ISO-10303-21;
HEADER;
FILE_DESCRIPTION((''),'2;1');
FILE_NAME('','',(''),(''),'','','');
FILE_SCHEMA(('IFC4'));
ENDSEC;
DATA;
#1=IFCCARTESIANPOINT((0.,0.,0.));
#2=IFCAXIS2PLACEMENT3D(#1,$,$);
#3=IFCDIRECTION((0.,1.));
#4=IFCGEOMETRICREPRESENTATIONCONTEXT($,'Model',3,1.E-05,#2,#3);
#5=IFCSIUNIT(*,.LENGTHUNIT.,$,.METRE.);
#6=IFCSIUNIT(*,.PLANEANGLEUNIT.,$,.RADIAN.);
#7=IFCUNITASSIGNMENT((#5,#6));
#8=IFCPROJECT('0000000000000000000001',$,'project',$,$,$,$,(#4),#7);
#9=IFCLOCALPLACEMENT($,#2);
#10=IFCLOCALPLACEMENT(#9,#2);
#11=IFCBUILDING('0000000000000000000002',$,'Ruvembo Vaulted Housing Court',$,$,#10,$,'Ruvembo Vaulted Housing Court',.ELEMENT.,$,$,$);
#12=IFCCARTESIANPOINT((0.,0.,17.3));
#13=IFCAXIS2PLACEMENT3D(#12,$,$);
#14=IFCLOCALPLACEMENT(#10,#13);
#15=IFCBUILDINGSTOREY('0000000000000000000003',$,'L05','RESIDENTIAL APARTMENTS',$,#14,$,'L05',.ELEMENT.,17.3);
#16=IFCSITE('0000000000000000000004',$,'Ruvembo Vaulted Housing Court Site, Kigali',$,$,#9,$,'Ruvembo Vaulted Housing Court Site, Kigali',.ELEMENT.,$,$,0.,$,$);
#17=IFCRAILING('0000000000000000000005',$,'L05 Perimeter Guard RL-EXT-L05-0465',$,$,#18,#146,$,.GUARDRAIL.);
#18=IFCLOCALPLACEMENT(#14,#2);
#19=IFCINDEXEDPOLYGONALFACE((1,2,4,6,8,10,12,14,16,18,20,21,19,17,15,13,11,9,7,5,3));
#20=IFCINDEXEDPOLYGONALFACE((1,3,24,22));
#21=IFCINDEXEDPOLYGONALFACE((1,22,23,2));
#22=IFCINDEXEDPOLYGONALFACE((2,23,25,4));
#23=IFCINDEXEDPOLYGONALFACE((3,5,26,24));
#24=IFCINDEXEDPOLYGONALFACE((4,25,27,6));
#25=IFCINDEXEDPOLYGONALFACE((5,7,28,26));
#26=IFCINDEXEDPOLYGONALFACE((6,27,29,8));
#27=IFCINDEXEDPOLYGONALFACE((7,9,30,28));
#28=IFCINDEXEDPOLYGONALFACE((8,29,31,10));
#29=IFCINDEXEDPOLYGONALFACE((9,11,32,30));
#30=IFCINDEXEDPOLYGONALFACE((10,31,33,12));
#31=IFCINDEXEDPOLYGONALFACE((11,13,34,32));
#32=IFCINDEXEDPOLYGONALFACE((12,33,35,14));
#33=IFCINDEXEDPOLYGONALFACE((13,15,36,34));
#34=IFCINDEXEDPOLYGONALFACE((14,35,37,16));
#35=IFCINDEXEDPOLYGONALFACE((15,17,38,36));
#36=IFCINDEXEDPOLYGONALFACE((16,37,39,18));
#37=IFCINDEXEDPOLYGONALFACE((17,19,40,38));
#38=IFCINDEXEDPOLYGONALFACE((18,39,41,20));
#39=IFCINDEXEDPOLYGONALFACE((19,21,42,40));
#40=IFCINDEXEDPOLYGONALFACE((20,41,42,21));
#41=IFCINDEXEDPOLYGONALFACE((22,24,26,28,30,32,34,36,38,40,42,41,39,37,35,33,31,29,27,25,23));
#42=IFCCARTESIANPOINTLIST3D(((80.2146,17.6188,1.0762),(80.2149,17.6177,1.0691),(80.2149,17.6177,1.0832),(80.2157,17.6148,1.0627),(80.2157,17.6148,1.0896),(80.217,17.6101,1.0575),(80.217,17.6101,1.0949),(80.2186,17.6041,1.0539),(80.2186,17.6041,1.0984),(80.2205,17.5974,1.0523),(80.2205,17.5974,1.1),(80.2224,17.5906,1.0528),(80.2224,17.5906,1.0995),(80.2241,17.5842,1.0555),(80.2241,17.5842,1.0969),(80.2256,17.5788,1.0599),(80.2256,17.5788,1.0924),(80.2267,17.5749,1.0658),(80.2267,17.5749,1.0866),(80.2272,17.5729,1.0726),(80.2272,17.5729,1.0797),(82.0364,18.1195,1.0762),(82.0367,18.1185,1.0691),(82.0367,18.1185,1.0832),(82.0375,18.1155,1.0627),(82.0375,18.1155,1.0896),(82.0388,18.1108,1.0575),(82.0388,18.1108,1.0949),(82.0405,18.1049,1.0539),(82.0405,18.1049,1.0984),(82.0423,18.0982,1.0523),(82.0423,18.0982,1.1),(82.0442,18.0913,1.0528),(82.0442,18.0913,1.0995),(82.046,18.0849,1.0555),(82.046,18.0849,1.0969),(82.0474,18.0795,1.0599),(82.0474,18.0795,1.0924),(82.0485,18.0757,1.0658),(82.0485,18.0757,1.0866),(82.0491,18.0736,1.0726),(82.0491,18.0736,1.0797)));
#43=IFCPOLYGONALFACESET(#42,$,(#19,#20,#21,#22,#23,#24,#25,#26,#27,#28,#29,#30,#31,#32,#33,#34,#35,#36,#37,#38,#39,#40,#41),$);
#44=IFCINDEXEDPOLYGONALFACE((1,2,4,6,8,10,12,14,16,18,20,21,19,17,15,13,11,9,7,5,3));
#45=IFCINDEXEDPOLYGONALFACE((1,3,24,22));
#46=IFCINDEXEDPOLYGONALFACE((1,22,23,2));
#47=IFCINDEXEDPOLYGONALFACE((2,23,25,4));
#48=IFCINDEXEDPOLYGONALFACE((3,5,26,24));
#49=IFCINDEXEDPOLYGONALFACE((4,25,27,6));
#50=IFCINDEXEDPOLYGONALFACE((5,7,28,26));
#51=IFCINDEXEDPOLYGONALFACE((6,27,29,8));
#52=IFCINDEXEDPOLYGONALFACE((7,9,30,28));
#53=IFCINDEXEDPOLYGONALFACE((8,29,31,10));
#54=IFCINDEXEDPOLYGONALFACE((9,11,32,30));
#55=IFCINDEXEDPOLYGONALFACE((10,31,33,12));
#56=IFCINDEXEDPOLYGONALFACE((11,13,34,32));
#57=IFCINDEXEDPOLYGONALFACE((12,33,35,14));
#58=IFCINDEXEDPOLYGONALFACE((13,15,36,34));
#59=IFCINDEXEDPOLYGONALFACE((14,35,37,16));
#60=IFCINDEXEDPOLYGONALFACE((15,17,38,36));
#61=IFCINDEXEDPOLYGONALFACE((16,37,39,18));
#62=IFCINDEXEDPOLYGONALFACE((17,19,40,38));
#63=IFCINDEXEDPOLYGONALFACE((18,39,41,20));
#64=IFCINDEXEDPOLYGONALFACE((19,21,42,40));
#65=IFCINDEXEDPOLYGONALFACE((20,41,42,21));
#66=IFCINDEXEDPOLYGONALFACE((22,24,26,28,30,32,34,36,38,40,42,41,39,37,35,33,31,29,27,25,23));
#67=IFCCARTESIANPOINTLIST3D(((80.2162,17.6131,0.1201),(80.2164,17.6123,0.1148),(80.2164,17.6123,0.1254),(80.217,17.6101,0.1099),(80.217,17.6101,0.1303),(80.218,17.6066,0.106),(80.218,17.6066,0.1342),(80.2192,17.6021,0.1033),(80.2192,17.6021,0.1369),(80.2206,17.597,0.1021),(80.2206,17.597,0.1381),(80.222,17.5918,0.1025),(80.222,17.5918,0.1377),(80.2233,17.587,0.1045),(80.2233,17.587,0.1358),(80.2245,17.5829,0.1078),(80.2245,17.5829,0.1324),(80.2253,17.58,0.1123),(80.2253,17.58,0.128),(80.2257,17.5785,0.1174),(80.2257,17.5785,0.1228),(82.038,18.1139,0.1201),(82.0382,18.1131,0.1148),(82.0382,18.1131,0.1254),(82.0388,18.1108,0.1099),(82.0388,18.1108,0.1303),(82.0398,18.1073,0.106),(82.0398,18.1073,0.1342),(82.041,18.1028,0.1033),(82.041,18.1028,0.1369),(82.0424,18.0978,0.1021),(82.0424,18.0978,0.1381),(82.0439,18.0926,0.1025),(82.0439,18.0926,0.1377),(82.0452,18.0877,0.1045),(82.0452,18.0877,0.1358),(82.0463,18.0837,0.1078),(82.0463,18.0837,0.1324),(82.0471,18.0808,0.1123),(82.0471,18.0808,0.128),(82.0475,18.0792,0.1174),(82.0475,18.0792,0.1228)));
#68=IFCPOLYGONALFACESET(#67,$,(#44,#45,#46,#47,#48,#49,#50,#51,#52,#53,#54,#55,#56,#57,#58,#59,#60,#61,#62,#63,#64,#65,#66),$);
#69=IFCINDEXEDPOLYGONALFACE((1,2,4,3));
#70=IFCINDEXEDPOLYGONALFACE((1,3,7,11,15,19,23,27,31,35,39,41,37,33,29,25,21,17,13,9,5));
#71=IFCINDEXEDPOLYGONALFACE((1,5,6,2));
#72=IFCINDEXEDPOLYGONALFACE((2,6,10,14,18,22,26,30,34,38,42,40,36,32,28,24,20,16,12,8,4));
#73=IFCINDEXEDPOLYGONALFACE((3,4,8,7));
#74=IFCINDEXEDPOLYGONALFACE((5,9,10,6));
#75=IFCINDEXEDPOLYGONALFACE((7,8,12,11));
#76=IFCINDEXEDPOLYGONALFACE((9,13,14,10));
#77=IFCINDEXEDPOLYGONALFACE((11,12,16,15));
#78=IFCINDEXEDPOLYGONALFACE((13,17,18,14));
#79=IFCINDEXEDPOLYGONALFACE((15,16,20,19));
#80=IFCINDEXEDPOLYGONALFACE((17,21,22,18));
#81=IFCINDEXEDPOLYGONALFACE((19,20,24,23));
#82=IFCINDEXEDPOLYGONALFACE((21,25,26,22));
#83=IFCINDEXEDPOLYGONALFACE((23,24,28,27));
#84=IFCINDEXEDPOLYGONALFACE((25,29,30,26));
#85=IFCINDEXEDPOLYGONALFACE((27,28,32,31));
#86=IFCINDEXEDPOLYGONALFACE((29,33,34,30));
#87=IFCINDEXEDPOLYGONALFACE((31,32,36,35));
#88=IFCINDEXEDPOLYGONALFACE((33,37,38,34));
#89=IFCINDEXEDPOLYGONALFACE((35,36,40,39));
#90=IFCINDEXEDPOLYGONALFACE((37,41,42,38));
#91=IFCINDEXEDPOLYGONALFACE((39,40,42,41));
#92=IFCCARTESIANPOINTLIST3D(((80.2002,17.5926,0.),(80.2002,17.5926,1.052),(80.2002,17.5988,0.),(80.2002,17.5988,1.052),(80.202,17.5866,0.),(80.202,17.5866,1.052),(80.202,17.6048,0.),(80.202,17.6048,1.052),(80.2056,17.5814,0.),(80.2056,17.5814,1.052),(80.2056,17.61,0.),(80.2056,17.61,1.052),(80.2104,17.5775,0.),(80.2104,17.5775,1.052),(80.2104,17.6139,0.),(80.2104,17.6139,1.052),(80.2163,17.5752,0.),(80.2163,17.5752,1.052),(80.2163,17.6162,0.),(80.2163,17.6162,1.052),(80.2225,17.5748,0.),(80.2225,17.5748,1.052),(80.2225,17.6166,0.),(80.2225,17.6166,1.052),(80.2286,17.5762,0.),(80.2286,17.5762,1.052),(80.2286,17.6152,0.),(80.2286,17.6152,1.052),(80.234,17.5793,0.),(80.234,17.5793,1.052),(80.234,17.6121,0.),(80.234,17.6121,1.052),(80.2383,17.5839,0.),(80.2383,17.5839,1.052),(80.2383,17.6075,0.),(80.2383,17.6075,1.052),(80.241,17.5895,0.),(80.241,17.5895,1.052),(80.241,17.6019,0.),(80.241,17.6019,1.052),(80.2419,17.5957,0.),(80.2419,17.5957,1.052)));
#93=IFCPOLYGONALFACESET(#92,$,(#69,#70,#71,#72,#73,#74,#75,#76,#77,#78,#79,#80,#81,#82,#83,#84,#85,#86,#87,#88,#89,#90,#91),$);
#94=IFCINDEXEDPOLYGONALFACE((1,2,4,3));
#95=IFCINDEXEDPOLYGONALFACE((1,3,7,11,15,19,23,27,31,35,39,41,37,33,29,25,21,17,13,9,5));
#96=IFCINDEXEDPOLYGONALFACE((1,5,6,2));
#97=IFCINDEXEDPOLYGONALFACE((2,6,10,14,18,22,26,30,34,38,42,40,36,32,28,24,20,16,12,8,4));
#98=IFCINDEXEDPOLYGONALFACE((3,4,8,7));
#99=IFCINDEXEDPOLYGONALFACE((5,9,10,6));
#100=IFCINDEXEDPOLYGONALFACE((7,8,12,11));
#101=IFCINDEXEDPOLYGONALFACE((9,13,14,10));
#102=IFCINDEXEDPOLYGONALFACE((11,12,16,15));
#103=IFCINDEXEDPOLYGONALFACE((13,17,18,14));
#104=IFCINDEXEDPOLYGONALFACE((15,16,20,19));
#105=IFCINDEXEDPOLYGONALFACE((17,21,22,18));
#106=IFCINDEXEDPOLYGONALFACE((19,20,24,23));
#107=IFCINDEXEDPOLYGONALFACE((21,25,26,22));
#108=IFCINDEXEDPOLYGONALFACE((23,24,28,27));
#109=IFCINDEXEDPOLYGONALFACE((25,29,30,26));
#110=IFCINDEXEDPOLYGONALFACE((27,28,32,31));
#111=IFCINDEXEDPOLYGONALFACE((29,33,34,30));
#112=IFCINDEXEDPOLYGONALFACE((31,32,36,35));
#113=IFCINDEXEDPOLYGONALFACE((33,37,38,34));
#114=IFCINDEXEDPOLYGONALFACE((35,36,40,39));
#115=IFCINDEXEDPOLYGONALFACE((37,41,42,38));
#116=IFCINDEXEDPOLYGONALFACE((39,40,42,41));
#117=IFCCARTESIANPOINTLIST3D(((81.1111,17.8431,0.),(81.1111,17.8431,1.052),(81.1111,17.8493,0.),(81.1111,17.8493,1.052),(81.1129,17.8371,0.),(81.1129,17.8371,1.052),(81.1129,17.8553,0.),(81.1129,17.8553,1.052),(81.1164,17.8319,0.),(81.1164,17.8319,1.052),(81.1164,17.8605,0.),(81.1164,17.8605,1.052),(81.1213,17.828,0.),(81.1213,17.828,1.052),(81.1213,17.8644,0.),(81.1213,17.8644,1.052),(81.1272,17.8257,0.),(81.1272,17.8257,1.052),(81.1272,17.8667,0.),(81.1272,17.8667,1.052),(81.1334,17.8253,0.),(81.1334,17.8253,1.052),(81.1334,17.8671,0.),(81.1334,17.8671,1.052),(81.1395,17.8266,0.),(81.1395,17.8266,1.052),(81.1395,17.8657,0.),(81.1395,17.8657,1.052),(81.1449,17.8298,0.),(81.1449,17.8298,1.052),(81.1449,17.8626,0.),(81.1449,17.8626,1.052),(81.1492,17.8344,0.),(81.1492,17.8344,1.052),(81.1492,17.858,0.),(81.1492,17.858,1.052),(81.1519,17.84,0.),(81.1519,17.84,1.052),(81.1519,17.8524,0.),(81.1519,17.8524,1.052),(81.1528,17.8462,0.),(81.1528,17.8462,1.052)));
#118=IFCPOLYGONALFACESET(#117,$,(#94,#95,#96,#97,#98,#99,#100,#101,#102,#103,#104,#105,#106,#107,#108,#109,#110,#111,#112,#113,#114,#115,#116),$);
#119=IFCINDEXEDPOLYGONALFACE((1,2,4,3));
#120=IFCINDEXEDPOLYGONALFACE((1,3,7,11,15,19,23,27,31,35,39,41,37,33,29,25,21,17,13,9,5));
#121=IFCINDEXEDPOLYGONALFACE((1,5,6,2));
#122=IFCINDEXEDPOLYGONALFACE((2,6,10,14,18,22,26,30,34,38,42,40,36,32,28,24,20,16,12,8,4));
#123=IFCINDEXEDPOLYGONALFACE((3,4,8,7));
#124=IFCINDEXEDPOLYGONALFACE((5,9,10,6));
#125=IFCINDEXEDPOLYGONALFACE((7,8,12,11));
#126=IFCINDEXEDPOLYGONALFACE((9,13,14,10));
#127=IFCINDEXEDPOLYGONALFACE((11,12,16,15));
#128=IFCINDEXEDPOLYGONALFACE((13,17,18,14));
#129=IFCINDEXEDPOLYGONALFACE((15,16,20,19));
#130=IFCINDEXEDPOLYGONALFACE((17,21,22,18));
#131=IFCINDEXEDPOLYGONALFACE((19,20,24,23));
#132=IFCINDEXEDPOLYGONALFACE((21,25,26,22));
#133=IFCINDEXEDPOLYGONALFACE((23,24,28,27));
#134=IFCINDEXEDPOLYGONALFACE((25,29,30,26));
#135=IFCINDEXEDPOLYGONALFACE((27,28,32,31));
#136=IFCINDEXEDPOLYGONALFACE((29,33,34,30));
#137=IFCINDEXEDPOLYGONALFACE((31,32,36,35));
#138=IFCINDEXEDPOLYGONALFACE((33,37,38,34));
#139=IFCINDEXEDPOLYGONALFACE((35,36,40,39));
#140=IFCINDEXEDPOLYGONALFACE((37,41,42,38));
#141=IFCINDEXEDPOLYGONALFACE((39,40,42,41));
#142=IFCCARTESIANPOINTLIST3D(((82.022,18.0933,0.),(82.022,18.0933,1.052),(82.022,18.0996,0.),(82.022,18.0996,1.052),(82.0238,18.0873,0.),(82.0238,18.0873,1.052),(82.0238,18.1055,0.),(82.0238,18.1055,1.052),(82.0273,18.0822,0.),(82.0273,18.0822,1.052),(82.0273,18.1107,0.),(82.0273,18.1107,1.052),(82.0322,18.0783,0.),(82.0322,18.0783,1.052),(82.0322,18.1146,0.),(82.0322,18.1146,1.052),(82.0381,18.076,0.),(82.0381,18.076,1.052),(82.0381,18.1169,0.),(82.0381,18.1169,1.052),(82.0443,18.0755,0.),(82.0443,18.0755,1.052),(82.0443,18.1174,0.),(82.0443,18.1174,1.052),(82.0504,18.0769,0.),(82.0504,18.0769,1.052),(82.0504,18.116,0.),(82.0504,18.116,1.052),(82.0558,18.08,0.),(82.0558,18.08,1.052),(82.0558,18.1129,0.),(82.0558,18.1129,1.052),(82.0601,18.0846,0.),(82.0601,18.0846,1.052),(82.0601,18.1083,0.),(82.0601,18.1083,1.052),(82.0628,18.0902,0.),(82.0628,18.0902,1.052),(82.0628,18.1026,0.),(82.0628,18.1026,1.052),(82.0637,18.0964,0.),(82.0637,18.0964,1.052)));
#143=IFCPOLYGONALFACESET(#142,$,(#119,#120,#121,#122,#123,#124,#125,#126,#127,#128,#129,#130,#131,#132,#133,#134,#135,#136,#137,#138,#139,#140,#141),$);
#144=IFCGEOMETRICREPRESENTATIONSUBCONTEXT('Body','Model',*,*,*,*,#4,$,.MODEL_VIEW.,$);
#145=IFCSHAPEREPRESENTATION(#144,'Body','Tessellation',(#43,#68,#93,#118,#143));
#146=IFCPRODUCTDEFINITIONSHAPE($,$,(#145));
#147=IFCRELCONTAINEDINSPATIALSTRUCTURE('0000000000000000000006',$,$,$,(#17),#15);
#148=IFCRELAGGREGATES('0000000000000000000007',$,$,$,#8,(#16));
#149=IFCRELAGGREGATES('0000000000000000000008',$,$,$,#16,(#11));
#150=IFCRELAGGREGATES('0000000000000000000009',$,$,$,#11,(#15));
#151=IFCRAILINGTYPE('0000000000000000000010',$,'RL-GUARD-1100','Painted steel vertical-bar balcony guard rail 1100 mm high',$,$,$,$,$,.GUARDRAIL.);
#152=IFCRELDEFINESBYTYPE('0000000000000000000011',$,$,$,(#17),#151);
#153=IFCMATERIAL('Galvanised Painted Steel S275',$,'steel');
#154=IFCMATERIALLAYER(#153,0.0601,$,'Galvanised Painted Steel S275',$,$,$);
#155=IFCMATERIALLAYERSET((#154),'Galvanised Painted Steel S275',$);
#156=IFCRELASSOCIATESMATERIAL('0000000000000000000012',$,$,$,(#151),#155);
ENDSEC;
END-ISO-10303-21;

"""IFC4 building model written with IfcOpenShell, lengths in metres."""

from ifc_helpers import new_model, si_unit, direction, frame, origin, origin_2d, place, context, subcontext, project, spatial, circle, extrude, material, layer, layer_set, type_object, element, save


model = new_model("IFC4")

# Units and contexts
model_context = context("Model", 3, precision=1e-05, world=origin(), true_north=direction((0.0, 1.0)))
body_context = subcontext(model_context, "Body", "Model", "MODEL_VIEW")
ifc_project = project(units=[si_unit("LENGTHUNIT", "METRE"), si_unit("PLANEANGLEUNIT", "RADIAN")], contexts=[model_context])

# Site, building, storey
site_placement = place(None, origin())
site = spatial("IfcSite", under=ifc_project, at=site_placement, Name="Ruvembo Vaulted Housing Court Site, Kigali", LongName="Ruvembo Vaulted Housing Court Site, Kigali", CompositionType="ELEMENT", RefElevation=0.0)
building_placement = place(site_placement, origin())
building = spatial("IfcBuilding", under=site, at=building_placement, Name="Ruvembo Vaulted Housing Court", LongName="Ruvembo Vaulted Housing Court", CompositionType="ELEMENT")
storey_placement = place(building_placement, frame((0.0, 0.0, 17.3)))
storey = spatial("IfcBuildingStorey", under=building, at=storey_placement, Name="L05", Description="RESIDENTIAL APARTMENTS", LongName="L05", CompositionType="ELEMENT", Elevation=17.3)

# Railing
ifc_material_1 = material(Name="Galvanised Painted Steel S275", Category="steel")
ifc_layer = layer(ifc_material_1, 0.0601, Name="Galvanised Painted Steel S275")
ifc_layer_set = layer_set([ifc_layer], Name="Galvanised Painted Steel S275")
railing_type = type_object("IfcRailingType", Name="RL-GUARD-1100", Description="Painted steel vertical-bar balcony guard rail 1100 mm high", PredefinedType="GUARDRAIL", material=ifc_layer_set)
railing_1_placement = place(storey_placement, frame((80.2209, 17.5957, 0.0)))
element("IfcRailing", 1, at=railing_1_placement, inside=storey, type_object=railing_type, Name="L05 Perimeter Guard RL-EXT-L05-0465", PredefinedType="GUARDRAIL", context=body_context, shape_type="SweptSolid", body=[
    extrude(circle(Radius=0.0239, at=origin_2d()), frame((0.0, 0.0, 1.0762), z_axis=(0.96424, 0.26503, 0.0), x_axis=(-0.26503, 0.96424, 0.0)), (0.0, 0.0, 1.0), 1.8894),
    extrude(circle(Radius=0.0181, at=origin_2d()), frame((0.0, 0.0, 0.1201), z_axis=(0.96424, 0.26503, 0.0), x_axis=(-0.26503, 0.96424, 0.0)), (0.0, 0.0, 1.0), 1.8894),
    extrude(circle(Radius=0.021, at=origin_2d()), origin(), (0.0, 0.0, 1.0), 1.052),
    extrude(circle(Radius=0.021, at=origin_2d()), frame((0.9109, 0.2505, 0.0)), (0.0, 0.0, 1.0), 1.052),
    extrude(circle(Radius=0.021, at=origin_2d()), frame((1.8218, 0.5007, 0.0)), (0.0, 0.0, 1.0), 1.052),
])

save(model, "model.ifc")
